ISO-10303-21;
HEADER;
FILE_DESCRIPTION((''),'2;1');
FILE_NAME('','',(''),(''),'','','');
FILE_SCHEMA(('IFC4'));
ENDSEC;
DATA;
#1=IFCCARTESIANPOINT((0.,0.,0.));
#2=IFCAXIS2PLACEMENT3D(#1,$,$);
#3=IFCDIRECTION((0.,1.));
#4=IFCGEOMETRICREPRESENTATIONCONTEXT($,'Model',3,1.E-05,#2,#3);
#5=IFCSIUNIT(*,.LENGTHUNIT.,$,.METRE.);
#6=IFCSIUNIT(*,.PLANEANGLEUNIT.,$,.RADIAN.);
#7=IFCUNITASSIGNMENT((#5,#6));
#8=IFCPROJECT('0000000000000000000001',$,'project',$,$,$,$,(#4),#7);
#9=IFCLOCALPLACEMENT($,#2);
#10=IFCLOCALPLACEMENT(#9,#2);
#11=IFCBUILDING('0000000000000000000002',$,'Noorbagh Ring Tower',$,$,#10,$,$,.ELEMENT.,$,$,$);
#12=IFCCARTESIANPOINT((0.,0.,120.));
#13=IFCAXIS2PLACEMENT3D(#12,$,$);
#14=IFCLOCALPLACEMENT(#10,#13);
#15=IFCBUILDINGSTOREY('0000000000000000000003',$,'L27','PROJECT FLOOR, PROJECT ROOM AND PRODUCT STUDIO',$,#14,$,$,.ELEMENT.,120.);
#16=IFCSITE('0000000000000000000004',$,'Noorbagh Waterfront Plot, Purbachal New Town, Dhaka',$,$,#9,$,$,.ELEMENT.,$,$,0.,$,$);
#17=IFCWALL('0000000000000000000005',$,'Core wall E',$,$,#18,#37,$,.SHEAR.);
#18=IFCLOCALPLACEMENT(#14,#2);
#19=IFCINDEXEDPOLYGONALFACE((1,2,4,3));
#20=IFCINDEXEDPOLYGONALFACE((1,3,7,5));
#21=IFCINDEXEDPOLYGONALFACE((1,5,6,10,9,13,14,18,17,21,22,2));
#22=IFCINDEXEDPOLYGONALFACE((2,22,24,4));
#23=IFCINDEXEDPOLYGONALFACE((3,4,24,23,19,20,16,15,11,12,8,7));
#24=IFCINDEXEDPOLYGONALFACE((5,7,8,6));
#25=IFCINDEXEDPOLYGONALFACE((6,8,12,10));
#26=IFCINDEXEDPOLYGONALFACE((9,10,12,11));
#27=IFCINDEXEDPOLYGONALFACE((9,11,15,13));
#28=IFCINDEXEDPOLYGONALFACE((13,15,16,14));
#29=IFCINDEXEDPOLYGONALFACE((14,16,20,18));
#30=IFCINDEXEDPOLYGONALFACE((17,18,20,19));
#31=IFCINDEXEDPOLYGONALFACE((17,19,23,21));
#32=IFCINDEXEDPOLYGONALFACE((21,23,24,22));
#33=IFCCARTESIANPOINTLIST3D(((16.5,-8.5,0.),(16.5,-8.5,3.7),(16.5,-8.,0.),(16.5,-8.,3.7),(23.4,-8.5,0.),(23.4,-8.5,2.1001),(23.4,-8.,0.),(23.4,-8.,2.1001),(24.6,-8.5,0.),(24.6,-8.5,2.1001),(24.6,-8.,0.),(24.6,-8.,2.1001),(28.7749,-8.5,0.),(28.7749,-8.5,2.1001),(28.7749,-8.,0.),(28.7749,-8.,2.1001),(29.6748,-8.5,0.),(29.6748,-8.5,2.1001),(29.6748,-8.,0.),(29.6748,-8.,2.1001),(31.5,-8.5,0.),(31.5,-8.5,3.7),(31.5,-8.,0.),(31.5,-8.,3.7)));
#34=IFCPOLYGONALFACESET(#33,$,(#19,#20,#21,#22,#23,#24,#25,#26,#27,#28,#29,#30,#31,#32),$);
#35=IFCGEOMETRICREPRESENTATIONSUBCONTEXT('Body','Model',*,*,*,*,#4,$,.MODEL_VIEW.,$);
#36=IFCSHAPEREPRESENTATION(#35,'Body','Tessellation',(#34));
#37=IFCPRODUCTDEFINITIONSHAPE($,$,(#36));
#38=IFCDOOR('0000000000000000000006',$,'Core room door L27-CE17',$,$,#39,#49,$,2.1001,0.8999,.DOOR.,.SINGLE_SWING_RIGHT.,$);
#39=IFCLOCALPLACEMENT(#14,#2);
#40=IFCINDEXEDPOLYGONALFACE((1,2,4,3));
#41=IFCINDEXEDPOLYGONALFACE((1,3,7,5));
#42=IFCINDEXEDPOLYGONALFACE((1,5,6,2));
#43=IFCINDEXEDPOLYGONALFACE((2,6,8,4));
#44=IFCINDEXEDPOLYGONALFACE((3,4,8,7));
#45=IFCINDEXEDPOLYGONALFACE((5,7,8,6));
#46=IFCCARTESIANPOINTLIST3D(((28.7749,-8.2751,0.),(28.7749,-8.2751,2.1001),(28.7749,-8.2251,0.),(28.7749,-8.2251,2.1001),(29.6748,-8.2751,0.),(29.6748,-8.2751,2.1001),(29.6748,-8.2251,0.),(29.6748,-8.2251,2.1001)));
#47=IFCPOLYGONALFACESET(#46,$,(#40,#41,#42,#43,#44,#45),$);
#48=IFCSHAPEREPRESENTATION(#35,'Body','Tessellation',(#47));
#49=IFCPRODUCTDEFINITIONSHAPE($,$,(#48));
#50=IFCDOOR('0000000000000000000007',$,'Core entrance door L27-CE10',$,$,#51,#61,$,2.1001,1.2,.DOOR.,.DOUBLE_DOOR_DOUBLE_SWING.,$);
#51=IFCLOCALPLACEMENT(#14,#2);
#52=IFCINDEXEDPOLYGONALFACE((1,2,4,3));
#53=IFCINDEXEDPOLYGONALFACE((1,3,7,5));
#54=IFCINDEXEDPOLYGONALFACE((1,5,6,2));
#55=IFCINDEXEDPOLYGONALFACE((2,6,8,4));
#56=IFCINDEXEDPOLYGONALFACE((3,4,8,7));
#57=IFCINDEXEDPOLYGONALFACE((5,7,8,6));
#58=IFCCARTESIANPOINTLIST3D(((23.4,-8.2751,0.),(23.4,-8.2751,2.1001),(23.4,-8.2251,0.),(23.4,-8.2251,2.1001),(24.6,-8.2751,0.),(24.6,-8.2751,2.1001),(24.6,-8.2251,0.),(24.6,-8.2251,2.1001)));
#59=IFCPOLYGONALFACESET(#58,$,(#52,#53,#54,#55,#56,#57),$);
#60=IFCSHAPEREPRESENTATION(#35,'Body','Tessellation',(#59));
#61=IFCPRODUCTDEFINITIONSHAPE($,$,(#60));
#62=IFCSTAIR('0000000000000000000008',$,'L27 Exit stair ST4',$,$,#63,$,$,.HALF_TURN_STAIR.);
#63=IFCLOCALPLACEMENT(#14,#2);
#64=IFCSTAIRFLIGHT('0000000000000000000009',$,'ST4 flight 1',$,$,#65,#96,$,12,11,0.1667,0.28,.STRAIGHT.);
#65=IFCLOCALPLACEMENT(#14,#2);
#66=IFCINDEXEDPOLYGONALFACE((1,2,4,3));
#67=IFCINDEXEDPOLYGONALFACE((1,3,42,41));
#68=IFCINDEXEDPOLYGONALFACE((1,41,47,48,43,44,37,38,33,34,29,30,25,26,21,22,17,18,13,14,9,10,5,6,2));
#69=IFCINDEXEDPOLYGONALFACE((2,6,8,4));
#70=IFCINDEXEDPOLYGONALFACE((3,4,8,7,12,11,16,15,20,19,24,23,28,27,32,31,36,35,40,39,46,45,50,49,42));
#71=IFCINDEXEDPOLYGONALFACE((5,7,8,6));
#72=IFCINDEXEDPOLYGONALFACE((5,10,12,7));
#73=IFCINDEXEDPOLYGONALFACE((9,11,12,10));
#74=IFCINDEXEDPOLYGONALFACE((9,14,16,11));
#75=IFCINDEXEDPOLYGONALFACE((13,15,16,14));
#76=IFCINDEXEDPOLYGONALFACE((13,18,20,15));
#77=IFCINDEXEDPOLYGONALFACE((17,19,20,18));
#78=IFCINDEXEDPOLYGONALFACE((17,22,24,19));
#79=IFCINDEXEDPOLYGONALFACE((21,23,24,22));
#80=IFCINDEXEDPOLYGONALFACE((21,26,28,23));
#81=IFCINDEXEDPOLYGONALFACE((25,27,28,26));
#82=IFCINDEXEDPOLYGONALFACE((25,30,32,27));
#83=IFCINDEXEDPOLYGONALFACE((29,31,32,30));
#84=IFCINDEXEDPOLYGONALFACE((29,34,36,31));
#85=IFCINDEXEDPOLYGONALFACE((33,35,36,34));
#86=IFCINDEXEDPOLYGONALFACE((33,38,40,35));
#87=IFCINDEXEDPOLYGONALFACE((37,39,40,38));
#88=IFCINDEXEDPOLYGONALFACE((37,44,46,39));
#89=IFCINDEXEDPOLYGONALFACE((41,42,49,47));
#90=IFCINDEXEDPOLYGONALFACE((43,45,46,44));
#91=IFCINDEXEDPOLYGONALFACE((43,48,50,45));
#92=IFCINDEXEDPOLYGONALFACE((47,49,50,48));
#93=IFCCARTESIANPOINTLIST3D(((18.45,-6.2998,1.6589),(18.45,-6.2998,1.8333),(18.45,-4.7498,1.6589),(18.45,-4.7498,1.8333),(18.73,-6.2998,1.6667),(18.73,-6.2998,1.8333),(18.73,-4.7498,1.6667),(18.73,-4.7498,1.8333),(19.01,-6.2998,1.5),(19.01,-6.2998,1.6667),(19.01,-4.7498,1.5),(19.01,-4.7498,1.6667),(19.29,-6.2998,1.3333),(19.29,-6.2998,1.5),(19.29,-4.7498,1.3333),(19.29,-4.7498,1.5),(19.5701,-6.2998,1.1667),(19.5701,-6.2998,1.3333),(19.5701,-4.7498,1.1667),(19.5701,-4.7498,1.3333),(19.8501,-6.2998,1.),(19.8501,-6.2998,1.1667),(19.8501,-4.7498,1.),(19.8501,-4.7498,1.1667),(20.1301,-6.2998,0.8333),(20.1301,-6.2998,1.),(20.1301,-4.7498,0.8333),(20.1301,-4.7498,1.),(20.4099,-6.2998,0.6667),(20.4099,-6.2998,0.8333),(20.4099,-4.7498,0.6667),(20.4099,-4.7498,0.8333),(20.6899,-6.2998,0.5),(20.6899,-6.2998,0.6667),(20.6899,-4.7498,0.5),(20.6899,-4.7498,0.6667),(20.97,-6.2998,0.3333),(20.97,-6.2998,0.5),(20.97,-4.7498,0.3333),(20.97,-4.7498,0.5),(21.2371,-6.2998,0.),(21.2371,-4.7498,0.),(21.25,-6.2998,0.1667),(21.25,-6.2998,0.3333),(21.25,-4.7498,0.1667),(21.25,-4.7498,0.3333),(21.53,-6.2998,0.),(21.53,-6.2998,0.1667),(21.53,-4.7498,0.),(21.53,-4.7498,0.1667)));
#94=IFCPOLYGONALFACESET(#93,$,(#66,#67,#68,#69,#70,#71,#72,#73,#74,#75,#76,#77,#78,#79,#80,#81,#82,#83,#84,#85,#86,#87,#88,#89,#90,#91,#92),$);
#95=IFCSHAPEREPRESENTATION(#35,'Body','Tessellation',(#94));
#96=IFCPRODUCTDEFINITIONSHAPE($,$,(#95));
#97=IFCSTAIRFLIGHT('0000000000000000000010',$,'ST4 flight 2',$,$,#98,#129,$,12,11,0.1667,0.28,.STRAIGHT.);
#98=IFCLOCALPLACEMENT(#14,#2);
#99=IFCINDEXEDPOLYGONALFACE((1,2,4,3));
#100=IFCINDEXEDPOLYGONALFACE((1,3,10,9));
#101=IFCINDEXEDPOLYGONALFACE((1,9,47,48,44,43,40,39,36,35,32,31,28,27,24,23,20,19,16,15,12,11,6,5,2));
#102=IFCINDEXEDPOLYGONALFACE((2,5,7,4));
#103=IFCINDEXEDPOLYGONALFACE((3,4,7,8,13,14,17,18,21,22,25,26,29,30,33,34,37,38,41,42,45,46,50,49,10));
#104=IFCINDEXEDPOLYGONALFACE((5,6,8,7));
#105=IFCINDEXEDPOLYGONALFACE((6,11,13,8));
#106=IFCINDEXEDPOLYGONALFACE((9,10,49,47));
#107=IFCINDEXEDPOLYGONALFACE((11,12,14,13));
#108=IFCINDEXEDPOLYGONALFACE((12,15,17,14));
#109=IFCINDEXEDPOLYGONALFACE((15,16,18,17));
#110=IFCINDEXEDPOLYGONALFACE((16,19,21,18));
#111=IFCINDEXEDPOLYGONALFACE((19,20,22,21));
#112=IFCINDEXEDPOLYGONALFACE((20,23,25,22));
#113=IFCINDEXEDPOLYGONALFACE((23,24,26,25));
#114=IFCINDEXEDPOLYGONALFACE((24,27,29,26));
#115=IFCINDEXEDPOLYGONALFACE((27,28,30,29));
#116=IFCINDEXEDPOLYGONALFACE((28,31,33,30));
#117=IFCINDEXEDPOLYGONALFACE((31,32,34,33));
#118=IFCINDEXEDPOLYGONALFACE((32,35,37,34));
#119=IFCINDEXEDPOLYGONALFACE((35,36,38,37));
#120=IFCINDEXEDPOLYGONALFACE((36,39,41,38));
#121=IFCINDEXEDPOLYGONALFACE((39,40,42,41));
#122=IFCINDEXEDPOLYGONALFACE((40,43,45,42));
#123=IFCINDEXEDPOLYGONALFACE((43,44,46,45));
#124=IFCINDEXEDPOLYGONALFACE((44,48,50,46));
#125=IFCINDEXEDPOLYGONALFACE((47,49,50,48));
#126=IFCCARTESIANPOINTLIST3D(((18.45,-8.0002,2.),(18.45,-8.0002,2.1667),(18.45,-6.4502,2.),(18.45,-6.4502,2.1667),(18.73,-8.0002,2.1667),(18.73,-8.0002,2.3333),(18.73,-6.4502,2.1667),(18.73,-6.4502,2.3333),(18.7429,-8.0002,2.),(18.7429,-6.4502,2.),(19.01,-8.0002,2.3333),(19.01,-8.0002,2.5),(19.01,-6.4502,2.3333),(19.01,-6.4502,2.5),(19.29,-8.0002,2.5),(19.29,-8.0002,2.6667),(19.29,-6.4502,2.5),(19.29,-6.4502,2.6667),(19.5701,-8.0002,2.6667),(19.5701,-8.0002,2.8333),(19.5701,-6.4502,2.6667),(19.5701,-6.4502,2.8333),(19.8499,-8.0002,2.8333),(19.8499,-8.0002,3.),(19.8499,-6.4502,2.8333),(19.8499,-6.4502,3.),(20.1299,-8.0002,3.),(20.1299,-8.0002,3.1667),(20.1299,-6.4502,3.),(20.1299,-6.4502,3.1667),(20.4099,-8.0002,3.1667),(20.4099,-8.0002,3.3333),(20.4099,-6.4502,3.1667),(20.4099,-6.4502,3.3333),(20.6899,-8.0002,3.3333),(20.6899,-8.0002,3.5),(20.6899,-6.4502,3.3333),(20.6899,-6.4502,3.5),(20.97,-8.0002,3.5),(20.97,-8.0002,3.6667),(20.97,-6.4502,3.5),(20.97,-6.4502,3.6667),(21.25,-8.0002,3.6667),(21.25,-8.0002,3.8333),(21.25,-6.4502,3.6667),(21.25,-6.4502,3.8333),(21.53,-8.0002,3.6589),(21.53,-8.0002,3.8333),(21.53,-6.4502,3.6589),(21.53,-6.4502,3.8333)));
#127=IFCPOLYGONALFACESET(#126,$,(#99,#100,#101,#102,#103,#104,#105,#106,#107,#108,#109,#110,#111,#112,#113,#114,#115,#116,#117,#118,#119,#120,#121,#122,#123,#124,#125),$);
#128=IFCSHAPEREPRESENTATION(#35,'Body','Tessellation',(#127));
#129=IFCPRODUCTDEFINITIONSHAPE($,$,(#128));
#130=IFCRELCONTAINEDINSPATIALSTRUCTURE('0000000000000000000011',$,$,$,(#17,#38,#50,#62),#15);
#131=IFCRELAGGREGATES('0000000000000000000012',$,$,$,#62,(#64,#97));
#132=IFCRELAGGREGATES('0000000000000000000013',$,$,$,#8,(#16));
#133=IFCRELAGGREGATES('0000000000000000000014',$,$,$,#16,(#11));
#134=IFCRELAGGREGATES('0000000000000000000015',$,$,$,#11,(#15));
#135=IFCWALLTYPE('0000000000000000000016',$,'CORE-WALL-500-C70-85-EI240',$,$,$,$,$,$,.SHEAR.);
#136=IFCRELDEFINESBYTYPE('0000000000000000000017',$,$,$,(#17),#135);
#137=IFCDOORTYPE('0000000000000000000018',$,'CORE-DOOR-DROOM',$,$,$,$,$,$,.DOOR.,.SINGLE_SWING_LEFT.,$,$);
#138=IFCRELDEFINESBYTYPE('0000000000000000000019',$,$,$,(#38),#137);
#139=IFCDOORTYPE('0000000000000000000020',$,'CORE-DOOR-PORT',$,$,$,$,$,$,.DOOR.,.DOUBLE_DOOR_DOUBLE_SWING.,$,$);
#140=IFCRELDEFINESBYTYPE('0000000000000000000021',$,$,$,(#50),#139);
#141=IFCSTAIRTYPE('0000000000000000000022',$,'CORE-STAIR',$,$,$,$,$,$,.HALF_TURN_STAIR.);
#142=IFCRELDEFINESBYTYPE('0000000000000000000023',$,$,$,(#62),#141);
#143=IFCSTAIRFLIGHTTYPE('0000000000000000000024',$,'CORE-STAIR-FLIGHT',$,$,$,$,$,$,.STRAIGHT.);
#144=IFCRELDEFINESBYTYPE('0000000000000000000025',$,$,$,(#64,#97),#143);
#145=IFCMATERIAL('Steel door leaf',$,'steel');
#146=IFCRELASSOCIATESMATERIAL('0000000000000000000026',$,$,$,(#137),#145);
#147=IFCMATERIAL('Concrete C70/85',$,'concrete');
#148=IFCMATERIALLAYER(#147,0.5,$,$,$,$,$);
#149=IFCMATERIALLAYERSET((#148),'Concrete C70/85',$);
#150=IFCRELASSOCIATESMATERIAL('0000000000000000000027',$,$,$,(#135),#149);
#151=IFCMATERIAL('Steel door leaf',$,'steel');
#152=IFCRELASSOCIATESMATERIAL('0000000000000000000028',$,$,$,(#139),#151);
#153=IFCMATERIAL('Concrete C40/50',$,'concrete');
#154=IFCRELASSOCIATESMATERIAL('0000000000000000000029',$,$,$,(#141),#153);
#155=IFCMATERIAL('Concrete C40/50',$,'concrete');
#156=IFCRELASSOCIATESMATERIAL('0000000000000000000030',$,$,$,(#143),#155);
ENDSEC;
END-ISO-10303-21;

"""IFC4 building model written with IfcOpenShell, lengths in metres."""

from ifc_helpers import new_model, si_unit, direction, frame, frame_2d, origin, place, context, subcontext, project, spatial, polyline, rectangle, outline, extrude, material, layer, layer_set, type_object, element, fill, aggregate, save


model = new_model("IFC4")

# Units and contexts
model_context = context("Model", 3, precision=1e-05, world=origin(), true_north=direction((0.0, 1.0)))
body_context = subcontext(model_context, "Body", "Model", "MODEL_VIEW")
ifc_project = project(units=[si_unit("LENGTHUNIT", "METRE"), si_unit("PLANEANGLEUNIT", "RADIAN")], contexts=[model_context])

# Site, building, storey
site_placement = place(None, origin())
site = spatial("IfcSite", under=ifc_project, at=site_placement, Name="Noorbagh Waterfront Plot, Purbachal New Town, Dhaka", CompositionType="ELEMENT", RefElevation=0.0)
building_placement = place(site_placement, origin())
building = spatial("IfcBuilding", under=site, at=building_placement, Name="Noorbagh Ring Tower", CompositionType="ELEMENT")
storey_placement = place(building_placement, frame((0.0, 0.0, 120.0)))
storey = spatial("IfcBuildingStorey", under=building, at=storey_placement, Name="L27", Description="PROJECT FLOOR, PROJECT ROOM AND PRODUCT STUDIO", CompositionType="ELEMENT", Elevation=120.0)

# Shared definitions
ifc_material_1 = material(Name="Steel door leaf", Category="steel")
door_type_1 = type_object("IfcDoorType", Name="CORE-DOOR-DROOM", OperationType="SINGLE_SWING_LEFT", PredefinedType="DOOR", material=ifc_material_1)

# Wall, openings, doors
ifc_material_2 = material(Name="Concrete C70/85", Category="concrete")
ifc_layer_1 = layer(ifc_material_2, 0.5)
ifc_layer_set_1 = layer_set([ifc_layer_1], Name="Concrete C70/85")
wall_type_1 = type_object("IfcWallType", Name="CORE-WALL-500-C70-85-EI240", PredefinedType="SHEAR", material=ifc_layer_set_1)
wall_1_placement = place(storey_placement, frame((16.5, -8.25, 0.0), z_axis=(0.0, 0.0, 1.0), x_axis=(1.0, 0.0, 0.0)))
wall_1 = element("IfcWall", 1, at=wall_1_placement, inside=storey, type_object=wall_type_1, Name="Core wall E", PredefinedType="SHEAR", context=body_context, shape_type="SweptSolid", body=[
    extrude(rectangle(XDim=15.0, YDim=0.5, at=frame_2d((7.5, 0.0))), origin(), (0.0, 0.0, 1.0), 3.7),
])
opening_1_placement = place(wall_1_placement, frame((6.8999, 0.0, 0.0)))
opening_1 = element("IfcOpeningElement", 2, at=opening_1_placement, cuts=wall_1, PredefinedType="OPENING", context=body_context, shape_type="SweptSolid", body=[
    extrude(rectangle(XDim=1.2, YDim=2.1001, at=frame_2d((0.6001, 1.05))), frame((0.0, 0.26, 0.0), z_axis=(0.0, -1.0, 0.0), x_axis=(1.0, 0.0, 0.0)), (0.0, 0.0, 1.0), 0.52),
])
opening_2_placement = place(wall_1_placement, frame((12.2749, 0.0, 0.0)))
opening_2 = element("IfcOpeningElement", 3, at=opening_2_placement, cuts=wall_1, PredefinedType="OPENING", context=body_context, shape_type="SweptSolid", body=[
    extrude(rectangle(XDim=0.8999, YDim=2.1001, at=frame_2d((0.45, 1.05))), frame((0.0, 0.26, 0.0), z_axis=(0.0, -1.0, 0.0), x_axis=(1.0, 0.0, 0.0)), (0.0, 0.0, 1.0), 0.52),
])
door_1_placement = place(opening_2_placement, origin())
door_1 = element("IfcDoor", 4, at=door_1_placement, inside=storey, type_object=door_type_1, Name="Core room door L27-CE17", OperationType="SINGLE_SWING_RIGHT", OverallHeight=2.1001, OverallWidth=0.8999, PredefinedType="DOOR", context=body_context, shape_type="SweptSolid", body=[
    extrude(rectangle(XDim=0.8999, YDim=2.1001, at=frame_2d((0.45, 1.05))), frame((0.0, 0.0249, 0.0), z_axis=(0.0, -1.0, 0.0), x_axis=(1.0, 0.0, 0.0)), (0.0, 0.0, 1.0), 0.05),
])
fill(opening_2, door_1)
ifc_material_3 = material(Name="Steel door leaf", Category="steel")
door_type_2 = type_object("IfcDoorType", Name="CORE-DOOR-PORT", OperationType="DOUBLE_DOOR_DOUBLE_SWING", PredefinedType="DOOR", material=ifc_material_3)
door_2_placement = place(opening_1_placement, origin())
door_2 = element("IfcDoor", 5, at=door_2_placement, inside=storey, type_object=door_type_2, Name="Core entrance door L27-CE10", OperationType="DOUBLE_DOOR_DOUBLE_SWING", OverallHeight=2.1001, OverallWidth=1.2, PredefinedType="DOOR", context=body_context, shape_type="SweptSolid", body=[
    extrude(rectangle(XDim=1.2, YDim=2.1001, at=frame_2d((0.6001, 1.05))), frame((0.0, 0.0249, 0.0), z_axis=(0.0, -1.0, 0.0), x_axis=(1.0, 0.0, 0.0)), (0.0, 0.0, 1.0), 0.05),
])
fill(opening_1, door_2)

# Stair, stair flights
ifc_material_4 = material(Name="Concrete C40/50", Category="concrete")
stair_type = type_object("IfcStairType", Name="CORE-STAIR", PredefinedType="HALF_TURN_STAIR", material=ifc_material_4)
stair_placement = place(storey_placement, origin())
stair = element("IfcStair", 6, at=stair_placement, inside=storey, type_object=stair_type, Name="L27 Exit stair ST4", PredefinedType="HALF_TURN_STAIR")
ifc_material_5 = material(Name="Concrete C40/50", Category="concrete")
stair_flight_type = type_object("IfcStairFlightType", Name="CORE-STAIR-FLIGHT", PredefinedType="STRAIGHT", material=ifc_material_5)
stair_flight_1_placement = place(storey_placement, frame((21.53, -5.5249, 0.0), z_axis=(0.0, 0.0, 1.0), x_axis=(-1.0, 0.0, 0.0)))
stair_flight_1 = element("IfcStairFlight", 7, at=stair_flight_1_placement, type_object=stair_flight_type, Name="ST4 flight 1", NumberOfRisers=12, NumberOfTreads=11, PredefinedType="STRAIGHT", RiserHeight=0.1667, TreadLength=0.28, context=body_context, shape_type="SweptSolid", body=[
    extrude(outline(polyline([(0.0, 0.0), (0.0, 0.1667), (0.28, 0.1667), (0.28, 0.3333), (0.5601, 0.3333), (0.5601, 0.5), (0.8401, 0.5), (0.8401, 0.6667), (1.1201, 0.6667), (1.1201, 0.8333), (1.3999, 0.8333), (1.3999, 1.0), (1.6799, 1.0), (1.6799, 1.1667), (1.96, 1.1667), (1.96, 1.3333), (2.24, 1.3333), (2.24, 1.5), (2.52, 1.5), (2.52, 1.6667), (2.8, 1.6667), (2.8, 1.8333), (3.0801, 1.8333), (3.0801, 2.0), (3.0801, 1.6589), (0.293, 0.0), (0.0, 0.0)])), frame((0.0, 0.7749, 0.0), z_axis=(0.0, -1.0, 0.0), x_axis=(1.0, 0.0, 0.0)), (0.0, 0.0, 1.0), 1.55),
])
stair_flight_2_placement = place(storey_placement, frame((18.45, -7.2251, 2.0), z_axis=(0.0, 0.0, 1.0), x_axis=(1.0, 0.0, 0.0)))
stair_flight_2 = element("IfcStairFlight", 8, at=stair_flight_2_placement, type_object=stair_flight_type, Name="ST4 flight 2", NumberOfRisers=12, NumberOfTreads=11, PredefinedType="STRAIGHT", RiserHeight=0.1667, TreadLength=0.28, context=body_context, shape_type="SweptSolid", body=[
    extrude(outline(polyline([(0.0, 0.0), (0.0, 0.1667), (0.28, 0.1667), (0.28, 0.3333), (0.5601, 0.3333), (0.5601, 0.5), (0.8401, 0.5), (0.8401, 0.6667), (1.1201, 0.6667), (1.1201, 0.8333), (1.3999, 0.8333), (1.3999, 1.0), (1.6799, 1.0), (1.6799, 1.1667), (1.96, 1.1667), (1.96, 1.3333), (2.24, 1.3333), (2.24, 1.5), (2.52, 1.5), (2.52, 1.6667), (2.8, 1.6667), (2.8, 1.8333), (3.0801, 1.8333), (3.0801, 2.0), (3.0801, 1.6589), (0.293, 0.0), (0.0, 0.0)])), frame((0.0, 0.7749, 0.0), z_axis=(0.0, -1.0, 0.0), x_axis=(1.0, 0.0, 0.0)), (0.0, 0.0, 1.0), 1.55),
])
aggregate(stair, [stair_flight_1, stair_flight_2])

save(model, "model.ifc")
